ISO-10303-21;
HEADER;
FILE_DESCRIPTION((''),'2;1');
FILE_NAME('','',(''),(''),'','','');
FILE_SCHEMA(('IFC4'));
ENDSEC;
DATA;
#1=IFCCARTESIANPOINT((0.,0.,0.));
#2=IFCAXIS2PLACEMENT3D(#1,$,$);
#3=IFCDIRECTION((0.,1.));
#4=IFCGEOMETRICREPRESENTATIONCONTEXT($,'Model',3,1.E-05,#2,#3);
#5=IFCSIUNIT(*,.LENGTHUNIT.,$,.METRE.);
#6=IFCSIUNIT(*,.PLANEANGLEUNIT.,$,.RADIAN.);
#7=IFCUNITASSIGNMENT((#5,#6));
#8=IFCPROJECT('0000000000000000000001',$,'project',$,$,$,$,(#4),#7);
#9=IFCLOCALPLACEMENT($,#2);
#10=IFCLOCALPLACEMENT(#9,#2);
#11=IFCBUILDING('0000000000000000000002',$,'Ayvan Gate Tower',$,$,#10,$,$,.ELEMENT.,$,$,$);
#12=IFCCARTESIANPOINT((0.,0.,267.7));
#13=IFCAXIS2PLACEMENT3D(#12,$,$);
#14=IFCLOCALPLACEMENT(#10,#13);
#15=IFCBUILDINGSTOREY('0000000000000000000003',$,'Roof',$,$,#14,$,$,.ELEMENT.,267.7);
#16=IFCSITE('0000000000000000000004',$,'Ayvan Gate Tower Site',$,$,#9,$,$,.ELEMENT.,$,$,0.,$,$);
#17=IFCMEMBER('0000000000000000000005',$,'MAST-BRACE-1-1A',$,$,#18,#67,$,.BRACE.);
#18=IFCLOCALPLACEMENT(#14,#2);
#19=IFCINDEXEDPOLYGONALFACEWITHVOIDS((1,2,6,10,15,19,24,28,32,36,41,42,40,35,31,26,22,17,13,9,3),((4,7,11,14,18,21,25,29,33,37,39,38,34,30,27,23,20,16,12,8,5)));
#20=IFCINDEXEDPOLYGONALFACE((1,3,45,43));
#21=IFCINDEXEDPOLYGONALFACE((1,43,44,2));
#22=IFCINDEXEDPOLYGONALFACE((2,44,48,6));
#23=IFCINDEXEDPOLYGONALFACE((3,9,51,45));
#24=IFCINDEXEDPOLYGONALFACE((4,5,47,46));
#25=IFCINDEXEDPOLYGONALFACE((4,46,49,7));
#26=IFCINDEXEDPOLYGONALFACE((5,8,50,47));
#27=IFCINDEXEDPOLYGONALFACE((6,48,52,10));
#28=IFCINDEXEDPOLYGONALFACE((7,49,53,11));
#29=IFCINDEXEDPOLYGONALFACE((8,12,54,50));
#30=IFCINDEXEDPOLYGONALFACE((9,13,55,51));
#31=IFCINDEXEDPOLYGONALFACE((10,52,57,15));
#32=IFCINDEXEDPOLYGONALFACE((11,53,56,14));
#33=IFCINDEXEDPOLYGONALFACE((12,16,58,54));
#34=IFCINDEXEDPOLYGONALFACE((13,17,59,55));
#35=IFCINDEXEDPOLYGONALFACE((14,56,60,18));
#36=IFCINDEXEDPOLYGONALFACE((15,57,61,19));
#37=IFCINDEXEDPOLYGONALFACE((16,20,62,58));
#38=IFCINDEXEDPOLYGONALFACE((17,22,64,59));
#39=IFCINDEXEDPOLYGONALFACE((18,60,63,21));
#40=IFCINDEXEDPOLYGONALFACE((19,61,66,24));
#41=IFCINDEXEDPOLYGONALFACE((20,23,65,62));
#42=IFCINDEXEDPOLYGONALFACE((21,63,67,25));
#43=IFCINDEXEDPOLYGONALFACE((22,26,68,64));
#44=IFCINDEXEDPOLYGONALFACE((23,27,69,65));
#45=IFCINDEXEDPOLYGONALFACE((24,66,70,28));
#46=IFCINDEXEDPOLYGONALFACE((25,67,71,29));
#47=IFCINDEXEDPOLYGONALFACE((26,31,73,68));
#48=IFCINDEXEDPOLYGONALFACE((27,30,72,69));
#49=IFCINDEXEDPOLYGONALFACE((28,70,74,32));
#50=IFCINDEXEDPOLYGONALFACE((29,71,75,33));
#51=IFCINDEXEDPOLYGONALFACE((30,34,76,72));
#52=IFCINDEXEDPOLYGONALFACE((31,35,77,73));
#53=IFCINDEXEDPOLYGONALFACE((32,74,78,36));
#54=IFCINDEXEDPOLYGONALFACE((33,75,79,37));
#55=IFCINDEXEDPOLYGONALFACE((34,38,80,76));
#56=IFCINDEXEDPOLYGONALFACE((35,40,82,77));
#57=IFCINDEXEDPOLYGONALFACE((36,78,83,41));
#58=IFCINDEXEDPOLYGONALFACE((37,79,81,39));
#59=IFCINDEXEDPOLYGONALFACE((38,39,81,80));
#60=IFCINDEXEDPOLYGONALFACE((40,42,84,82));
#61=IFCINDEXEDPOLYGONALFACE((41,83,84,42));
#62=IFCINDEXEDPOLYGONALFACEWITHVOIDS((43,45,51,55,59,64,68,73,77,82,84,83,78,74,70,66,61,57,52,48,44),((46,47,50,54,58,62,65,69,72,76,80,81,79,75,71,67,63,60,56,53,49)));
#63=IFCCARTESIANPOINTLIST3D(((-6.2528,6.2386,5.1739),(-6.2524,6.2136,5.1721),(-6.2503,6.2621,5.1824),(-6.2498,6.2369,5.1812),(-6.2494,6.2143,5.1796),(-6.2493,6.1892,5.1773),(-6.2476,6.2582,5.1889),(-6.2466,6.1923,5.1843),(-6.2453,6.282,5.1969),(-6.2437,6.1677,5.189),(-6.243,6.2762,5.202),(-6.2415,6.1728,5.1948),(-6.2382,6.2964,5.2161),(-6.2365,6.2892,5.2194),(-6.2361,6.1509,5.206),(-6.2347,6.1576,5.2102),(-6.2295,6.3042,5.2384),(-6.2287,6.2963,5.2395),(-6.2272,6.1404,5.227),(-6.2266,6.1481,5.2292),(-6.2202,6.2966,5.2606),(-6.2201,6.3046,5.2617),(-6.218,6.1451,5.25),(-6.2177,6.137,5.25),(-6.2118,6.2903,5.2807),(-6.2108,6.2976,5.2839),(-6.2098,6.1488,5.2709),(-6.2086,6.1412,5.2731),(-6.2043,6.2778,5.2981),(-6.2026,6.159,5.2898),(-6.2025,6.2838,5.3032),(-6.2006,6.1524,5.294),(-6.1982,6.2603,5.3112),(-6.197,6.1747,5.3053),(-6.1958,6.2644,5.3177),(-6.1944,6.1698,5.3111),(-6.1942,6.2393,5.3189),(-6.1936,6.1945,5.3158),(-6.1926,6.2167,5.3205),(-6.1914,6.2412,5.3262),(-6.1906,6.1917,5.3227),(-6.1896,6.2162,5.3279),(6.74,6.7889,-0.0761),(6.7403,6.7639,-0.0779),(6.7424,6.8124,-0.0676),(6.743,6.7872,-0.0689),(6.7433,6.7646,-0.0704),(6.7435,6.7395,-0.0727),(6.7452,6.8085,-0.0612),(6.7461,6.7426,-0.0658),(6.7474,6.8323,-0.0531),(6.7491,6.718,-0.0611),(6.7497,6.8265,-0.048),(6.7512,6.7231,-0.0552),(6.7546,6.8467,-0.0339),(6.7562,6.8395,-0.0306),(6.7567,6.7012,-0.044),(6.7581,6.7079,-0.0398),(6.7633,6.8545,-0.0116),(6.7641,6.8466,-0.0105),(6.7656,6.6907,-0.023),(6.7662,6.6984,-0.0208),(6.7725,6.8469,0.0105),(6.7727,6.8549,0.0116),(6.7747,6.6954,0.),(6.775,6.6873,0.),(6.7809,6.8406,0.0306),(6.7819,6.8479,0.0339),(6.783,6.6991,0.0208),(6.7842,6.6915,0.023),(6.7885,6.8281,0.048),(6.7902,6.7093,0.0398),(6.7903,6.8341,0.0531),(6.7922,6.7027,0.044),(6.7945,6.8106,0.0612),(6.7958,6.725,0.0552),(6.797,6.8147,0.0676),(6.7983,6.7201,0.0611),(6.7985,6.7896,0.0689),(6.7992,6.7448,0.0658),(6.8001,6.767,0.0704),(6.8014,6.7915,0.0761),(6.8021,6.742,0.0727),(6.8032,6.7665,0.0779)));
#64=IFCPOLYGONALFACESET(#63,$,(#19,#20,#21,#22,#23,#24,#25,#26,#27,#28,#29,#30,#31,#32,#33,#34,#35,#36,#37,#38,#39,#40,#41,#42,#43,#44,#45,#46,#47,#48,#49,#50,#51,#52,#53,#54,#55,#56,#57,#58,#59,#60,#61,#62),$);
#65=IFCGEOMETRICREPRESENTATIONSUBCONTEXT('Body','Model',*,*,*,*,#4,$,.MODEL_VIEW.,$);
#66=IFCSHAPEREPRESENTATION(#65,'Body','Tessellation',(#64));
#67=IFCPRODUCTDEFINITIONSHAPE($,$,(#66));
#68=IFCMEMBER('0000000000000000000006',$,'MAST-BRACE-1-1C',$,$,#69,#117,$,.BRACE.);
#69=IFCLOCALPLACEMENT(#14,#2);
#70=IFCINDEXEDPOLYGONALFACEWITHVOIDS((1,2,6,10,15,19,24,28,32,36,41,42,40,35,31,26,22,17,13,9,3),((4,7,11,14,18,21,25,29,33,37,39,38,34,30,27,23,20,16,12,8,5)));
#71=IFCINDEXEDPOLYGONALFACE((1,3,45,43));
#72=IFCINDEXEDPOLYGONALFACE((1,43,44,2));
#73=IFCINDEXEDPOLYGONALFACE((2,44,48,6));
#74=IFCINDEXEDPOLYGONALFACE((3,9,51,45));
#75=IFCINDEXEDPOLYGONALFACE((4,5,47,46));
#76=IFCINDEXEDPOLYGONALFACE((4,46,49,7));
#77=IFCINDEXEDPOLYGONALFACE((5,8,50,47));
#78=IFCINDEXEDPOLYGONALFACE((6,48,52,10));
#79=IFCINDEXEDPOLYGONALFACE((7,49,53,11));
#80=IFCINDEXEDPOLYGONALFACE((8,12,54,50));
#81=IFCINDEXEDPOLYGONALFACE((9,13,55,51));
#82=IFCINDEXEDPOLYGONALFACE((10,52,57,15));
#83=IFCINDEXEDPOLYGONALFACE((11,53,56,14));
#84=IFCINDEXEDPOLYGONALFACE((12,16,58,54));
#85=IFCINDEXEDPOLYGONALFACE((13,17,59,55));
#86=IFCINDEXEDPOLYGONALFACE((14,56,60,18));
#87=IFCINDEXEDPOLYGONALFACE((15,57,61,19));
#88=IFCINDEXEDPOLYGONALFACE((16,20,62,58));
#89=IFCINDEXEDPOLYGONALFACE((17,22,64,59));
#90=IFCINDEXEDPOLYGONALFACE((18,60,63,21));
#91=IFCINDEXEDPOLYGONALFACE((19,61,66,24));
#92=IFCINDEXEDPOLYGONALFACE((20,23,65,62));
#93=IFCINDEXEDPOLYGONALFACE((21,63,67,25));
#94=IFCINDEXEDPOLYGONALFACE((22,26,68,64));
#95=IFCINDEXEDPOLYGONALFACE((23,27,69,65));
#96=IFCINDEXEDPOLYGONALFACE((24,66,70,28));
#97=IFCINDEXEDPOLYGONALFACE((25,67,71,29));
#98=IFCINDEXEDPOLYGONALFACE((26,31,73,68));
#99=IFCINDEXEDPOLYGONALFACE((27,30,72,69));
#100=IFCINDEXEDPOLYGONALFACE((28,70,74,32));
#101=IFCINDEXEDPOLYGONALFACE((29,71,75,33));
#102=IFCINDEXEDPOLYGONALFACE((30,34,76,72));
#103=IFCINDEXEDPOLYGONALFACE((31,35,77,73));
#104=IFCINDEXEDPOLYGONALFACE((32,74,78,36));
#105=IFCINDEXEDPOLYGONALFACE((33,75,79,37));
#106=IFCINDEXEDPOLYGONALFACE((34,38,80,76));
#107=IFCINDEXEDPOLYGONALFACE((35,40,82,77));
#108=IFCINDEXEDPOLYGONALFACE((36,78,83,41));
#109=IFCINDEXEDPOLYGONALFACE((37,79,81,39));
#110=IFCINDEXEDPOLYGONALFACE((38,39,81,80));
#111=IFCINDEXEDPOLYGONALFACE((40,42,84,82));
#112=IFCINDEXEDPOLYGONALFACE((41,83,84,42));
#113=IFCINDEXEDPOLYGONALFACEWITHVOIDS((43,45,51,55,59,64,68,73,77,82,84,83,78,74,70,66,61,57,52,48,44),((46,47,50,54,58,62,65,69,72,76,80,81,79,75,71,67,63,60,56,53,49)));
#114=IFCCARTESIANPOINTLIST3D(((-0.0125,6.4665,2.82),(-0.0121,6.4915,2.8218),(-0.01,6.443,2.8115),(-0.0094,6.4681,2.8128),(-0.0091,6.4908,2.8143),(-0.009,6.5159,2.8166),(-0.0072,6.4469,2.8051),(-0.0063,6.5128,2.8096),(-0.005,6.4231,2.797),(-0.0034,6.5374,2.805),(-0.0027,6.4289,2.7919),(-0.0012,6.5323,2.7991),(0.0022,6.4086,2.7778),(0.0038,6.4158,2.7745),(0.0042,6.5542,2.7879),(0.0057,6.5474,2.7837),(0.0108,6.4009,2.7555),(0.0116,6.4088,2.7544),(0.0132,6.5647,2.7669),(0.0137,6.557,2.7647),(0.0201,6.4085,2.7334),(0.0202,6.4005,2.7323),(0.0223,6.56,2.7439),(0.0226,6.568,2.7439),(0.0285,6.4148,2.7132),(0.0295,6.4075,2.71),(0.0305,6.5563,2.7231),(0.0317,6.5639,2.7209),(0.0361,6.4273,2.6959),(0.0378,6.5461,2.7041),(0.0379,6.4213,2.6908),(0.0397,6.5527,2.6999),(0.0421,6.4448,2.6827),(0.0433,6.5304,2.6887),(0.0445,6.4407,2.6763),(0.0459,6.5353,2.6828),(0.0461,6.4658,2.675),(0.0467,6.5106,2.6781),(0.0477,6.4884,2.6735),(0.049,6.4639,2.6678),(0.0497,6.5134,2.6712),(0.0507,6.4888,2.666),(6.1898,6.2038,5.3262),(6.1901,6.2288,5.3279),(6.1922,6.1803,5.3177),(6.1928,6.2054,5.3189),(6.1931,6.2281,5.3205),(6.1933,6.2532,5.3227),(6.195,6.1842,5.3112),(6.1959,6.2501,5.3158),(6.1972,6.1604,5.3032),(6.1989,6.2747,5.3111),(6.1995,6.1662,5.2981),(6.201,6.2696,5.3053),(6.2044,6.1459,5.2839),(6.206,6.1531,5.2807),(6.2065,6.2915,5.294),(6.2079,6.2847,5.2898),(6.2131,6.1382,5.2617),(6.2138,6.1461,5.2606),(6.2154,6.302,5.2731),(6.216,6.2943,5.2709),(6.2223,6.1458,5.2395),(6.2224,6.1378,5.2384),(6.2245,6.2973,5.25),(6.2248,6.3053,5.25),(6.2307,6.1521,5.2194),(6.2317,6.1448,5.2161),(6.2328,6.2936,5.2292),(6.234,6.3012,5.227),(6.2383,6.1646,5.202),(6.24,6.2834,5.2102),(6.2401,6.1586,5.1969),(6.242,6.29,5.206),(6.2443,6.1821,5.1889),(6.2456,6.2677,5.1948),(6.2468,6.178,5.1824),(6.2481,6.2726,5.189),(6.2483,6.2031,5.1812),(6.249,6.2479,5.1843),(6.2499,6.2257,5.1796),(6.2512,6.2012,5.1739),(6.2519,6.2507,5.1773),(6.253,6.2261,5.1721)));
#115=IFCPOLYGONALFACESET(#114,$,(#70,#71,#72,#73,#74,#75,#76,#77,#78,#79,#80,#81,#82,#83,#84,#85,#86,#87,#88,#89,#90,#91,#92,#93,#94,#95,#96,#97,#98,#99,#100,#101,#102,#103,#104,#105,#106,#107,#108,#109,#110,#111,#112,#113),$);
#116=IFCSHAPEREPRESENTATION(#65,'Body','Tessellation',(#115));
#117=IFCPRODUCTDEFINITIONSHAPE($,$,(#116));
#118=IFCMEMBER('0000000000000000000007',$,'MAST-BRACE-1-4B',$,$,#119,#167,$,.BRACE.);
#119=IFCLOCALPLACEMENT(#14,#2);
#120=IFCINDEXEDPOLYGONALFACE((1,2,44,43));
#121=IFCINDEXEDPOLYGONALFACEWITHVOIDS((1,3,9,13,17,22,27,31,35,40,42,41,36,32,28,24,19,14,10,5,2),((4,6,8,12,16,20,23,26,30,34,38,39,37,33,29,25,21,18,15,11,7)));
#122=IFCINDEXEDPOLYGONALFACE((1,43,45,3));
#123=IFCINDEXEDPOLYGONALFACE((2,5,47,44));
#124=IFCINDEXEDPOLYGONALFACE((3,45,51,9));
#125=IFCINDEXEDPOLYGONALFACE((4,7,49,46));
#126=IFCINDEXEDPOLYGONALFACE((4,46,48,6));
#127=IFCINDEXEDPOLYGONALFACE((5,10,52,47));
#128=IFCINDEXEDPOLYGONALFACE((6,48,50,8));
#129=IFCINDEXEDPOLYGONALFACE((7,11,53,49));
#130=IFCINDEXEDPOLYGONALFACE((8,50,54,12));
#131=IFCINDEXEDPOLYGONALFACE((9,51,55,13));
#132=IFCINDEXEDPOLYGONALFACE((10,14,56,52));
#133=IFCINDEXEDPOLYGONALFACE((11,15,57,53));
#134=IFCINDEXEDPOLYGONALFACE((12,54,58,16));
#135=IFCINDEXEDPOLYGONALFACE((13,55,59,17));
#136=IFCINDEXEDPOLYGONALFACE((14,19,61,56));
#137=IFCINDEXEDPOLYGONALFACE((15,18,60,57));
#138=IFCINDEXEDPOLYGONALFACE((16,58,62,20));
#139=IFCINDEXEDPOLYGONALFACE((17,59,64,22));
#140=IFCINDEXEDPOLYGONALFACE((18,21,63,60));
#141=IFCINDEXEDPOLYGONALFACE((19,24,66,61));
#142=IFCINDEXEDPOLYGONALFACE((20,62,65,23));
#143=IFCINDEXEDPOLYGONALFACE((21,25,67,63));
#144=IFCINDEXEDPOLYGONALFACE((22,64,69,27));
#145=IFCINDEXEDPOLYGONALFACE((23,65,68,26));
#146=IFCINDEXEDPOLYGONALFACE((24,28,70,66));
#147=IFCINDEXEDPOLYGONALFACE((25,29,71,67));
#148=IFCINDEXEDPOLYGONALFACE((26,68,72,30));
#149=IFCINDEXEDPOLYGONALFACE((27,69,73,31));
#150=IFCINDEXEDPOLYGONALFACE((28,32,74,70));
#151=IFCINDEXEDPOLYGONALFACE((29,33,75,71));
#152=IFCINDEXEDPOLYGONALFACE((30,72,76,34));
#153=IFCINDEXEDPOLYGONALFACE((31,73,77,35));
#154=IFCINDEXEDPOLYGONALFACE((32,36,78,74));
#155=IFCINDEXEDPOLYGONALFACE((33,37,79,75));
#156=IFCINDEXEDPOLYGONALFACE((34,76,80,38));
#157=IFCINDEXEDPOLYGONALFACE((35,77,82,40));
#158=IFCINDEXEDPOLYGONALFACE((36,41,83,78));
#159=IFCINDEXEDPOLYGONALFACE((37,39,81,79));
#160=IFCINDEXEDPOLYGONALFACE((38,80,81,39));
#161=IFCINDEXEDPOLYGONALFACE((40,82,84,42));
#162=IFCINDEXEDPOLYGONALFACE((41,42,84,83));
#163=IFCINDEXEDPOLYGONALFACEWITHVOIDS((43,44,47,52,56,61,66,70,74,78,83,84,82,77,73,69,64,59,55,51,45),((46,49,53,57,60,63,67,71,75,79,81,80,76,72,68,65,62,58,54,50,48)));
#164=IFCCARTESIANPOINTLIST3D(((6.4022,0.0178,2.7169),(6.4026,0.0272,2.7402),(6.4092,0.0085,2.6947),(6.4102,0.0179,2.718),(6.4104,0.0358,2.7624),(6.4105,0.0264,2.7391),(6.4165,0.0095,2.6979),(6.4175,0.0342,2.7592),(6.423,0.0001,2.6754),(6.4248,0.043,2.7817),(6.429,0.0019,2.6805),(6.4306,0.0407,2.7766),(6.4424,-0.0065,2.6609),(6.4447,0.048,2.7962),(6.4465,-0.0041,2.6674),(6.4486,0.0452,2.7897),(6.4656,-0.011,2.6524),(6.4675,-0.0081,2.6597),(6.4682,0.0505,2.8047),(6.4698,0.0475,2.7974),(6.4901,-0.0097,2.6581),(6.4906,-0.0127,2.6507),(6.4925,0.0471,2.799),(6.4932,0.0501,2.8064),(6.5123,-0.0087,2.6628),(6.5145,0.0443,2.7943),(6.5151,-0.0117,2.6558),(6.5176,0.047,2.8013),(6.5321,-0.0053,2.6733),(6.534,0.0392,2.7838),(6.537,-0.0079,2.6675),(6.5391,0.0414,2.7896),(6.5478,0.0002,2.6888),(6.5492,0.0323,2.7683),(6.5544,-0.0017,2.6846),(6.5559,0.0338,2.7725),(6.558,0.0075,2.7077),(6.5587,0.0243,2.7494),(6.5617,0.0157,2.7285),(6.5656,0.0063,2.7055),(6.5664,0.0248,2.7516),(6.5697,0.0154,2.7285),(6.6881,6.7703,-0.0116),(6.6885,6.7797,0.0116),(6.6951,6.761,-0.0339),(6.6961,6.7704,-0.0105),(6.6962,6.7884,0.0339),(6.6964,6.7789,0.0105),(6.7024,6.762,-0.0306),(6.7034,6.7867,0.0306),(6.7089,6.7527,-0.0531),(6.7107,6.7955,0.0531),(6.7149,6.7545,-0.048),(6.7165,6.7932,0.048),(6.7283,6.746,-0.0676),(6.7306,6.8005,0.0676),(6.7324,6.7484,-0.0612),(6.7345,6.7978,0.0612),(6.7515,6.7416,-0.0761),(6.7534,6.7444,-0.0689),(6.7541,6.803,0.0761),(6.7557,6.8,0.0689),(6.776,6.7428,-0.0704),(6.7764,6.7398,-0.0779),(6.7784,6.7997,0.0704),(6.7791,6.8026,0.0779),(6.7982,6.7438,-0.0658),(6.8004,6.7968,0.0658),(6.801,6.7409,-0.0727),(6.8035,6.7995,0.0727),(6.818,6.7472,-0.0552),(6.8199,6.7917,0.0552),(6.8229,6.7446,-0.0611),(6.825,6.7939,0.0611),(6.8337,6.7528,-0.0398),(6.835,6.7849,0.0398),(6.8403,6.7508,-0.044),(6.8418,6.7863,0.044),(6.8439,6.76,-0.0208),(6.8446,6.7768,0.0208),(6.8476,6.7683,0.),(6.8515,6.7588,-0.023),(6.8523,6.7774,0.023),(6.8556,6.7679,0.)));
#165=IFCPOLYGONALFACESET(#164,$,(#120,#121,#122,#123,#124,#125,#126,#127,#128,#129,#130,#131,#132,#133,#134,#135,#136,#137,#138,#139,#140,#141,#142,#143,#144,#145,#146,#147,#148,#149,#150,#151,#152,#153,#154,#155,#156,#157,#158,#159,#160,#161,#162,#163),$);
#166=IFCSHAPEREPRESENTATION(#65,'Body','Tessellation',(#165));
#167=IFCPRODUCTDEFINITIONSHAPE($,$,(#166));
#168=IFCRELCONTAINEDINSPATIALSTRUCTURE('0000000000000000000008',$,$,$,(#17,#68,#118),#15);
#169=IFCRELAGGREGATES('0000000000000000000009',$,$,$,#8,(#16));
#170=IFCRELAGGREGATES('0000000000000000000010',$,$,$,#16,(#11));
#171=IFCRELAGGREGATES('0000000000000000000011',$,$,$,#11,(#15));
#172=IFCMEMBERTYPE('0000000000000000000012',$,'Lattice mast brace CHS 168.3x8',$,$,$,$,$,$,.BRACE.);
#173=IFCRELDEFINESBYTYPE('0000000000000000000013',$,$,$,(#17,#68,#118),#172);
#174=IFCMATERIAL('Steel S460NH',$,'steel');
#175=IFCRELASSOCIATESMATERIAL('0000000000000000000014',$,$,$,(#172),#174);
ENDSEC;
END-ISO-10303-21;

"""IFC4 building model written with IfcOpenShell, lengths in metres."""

from ifc_helpers import new_model, si_unit, direction, frame, origin, origin_2d, place, context, subcontext, project, spatial, hollow_circle, extrude, material, material_profile, profile_set, type_object, element, save


model = new_model("IFC4")

# Units and contexts
model_context = context("Model", 3, precision=1e-05, world=origin(), true_north=direction((0.0, 1.0)))
body_context = subcontext(model_context, "Body", "Model", "MODEL_VIEW")
ifc_project = project(units=[si_unit("LENGTHUNIT", "METRE"), si_unit("PLANEANGLEUNIT", "RADIAN")], contexts=[model_context])

# Site, building, storey
site_placement = place(None, origin())
site = spatial("IfcSite", under=ifc_project, at=site_placement, Name="Ayvan Gate Tower Site", CompositionType="ELEMENT", RefElevation=0.0)
building_placement = place(site_placement, origin())
building = spatial("IfcBuilding", under=site, at=building_placement, Name="Ayvan Gate Tower", CompositionType="ELEMENT")
storey_placement = place(building_placement, frame((0.0, 0.0, 267.7)))
storey = spatial("IfcBuildingStorey", under=building, at=storey_placement, Name="Roof", CompositionType="ELEMENT", Elevation=267.7)

# Members
ifc_material_1 = material(Name="Steel S460NH", Category="steel")
ifc_material_profile_1 = material_profile(ifc_material_1, hollow_circle(Radius=0.0842, WallThickness=0.0081, at=origin_2d()), Name="CHS 168.3x8")
ifc_profile_set_1 = profile_set([ifc_material_profile_1], Name="Steel S460NH")
member_type_1 = type_object("IfcMemberType", Name="Lattice mast brace CHS 168.3x8", PredefinedType="BRACE", material=ifc_profile_set_1)
member_1_placement = place(storey_placement, frame((6.7715, 6.7715, 0.0), z_axis=(-0.926454, -0.039239, 0.374356), x_axis=(0.042316, -0.999104, 0.0)))
element("IfcMember", 1, at=member_1_placement, inside=storey, type_object=member_type_1, Name="MAST-BRACE-1-1A", PredefinedType="BRACE", context=body_context, shape_type="SweptSolid", body=[
    extrude(hollow_circle(Radius=0.0842, WallThickness=0.0081, at=origin_2d()), origin(), (0.0, 0.0, 1.0), 14.0242),
])
member_2_placement = place(storey_placement, frame((0.019, 6.4839, 2.7439), z_axis=(0.926456, -0.039241, 0.374353), x_axis=(0.042318, 0.999104, 0.0)))
element("IfcMember", 2, at=member_2_placement, inside=storey, type_object=member_type_1, Name="MAST-BRACE-1-1C", PredefinedType="BRACE", context=body_context, shape_type="SweptSolid", body=[
    extrude(hollow_circle(Radius=0.0842, WallThickness=0.0081, at=origin_2d()), origin(), (0.0, 0.0, 1.0), 6.6946),
])
member_3_placement = place(storey_placement, frame((6.7715, 6.7715, 0.0), z_axis=(-0.039225, -0.926454, 0.37436), x_axis=(0.999105, -0.042301, 0.0)))
element("IfcMember", 3, at=member_3_placement, inside=storey, type_object=member_type_1, Name="MAST-BRACE-1-4B", PredefinedType="BRACE", context=body_context, shape_type="SweptSolid", body=[
    extrude(hollow_circle(Radius=0.0842, WallThickness=0.0081, at=origin_2d()), origin(), (0.0, 0.0, 1.0), 7.2886),
])

save(model, "model.ifc")
